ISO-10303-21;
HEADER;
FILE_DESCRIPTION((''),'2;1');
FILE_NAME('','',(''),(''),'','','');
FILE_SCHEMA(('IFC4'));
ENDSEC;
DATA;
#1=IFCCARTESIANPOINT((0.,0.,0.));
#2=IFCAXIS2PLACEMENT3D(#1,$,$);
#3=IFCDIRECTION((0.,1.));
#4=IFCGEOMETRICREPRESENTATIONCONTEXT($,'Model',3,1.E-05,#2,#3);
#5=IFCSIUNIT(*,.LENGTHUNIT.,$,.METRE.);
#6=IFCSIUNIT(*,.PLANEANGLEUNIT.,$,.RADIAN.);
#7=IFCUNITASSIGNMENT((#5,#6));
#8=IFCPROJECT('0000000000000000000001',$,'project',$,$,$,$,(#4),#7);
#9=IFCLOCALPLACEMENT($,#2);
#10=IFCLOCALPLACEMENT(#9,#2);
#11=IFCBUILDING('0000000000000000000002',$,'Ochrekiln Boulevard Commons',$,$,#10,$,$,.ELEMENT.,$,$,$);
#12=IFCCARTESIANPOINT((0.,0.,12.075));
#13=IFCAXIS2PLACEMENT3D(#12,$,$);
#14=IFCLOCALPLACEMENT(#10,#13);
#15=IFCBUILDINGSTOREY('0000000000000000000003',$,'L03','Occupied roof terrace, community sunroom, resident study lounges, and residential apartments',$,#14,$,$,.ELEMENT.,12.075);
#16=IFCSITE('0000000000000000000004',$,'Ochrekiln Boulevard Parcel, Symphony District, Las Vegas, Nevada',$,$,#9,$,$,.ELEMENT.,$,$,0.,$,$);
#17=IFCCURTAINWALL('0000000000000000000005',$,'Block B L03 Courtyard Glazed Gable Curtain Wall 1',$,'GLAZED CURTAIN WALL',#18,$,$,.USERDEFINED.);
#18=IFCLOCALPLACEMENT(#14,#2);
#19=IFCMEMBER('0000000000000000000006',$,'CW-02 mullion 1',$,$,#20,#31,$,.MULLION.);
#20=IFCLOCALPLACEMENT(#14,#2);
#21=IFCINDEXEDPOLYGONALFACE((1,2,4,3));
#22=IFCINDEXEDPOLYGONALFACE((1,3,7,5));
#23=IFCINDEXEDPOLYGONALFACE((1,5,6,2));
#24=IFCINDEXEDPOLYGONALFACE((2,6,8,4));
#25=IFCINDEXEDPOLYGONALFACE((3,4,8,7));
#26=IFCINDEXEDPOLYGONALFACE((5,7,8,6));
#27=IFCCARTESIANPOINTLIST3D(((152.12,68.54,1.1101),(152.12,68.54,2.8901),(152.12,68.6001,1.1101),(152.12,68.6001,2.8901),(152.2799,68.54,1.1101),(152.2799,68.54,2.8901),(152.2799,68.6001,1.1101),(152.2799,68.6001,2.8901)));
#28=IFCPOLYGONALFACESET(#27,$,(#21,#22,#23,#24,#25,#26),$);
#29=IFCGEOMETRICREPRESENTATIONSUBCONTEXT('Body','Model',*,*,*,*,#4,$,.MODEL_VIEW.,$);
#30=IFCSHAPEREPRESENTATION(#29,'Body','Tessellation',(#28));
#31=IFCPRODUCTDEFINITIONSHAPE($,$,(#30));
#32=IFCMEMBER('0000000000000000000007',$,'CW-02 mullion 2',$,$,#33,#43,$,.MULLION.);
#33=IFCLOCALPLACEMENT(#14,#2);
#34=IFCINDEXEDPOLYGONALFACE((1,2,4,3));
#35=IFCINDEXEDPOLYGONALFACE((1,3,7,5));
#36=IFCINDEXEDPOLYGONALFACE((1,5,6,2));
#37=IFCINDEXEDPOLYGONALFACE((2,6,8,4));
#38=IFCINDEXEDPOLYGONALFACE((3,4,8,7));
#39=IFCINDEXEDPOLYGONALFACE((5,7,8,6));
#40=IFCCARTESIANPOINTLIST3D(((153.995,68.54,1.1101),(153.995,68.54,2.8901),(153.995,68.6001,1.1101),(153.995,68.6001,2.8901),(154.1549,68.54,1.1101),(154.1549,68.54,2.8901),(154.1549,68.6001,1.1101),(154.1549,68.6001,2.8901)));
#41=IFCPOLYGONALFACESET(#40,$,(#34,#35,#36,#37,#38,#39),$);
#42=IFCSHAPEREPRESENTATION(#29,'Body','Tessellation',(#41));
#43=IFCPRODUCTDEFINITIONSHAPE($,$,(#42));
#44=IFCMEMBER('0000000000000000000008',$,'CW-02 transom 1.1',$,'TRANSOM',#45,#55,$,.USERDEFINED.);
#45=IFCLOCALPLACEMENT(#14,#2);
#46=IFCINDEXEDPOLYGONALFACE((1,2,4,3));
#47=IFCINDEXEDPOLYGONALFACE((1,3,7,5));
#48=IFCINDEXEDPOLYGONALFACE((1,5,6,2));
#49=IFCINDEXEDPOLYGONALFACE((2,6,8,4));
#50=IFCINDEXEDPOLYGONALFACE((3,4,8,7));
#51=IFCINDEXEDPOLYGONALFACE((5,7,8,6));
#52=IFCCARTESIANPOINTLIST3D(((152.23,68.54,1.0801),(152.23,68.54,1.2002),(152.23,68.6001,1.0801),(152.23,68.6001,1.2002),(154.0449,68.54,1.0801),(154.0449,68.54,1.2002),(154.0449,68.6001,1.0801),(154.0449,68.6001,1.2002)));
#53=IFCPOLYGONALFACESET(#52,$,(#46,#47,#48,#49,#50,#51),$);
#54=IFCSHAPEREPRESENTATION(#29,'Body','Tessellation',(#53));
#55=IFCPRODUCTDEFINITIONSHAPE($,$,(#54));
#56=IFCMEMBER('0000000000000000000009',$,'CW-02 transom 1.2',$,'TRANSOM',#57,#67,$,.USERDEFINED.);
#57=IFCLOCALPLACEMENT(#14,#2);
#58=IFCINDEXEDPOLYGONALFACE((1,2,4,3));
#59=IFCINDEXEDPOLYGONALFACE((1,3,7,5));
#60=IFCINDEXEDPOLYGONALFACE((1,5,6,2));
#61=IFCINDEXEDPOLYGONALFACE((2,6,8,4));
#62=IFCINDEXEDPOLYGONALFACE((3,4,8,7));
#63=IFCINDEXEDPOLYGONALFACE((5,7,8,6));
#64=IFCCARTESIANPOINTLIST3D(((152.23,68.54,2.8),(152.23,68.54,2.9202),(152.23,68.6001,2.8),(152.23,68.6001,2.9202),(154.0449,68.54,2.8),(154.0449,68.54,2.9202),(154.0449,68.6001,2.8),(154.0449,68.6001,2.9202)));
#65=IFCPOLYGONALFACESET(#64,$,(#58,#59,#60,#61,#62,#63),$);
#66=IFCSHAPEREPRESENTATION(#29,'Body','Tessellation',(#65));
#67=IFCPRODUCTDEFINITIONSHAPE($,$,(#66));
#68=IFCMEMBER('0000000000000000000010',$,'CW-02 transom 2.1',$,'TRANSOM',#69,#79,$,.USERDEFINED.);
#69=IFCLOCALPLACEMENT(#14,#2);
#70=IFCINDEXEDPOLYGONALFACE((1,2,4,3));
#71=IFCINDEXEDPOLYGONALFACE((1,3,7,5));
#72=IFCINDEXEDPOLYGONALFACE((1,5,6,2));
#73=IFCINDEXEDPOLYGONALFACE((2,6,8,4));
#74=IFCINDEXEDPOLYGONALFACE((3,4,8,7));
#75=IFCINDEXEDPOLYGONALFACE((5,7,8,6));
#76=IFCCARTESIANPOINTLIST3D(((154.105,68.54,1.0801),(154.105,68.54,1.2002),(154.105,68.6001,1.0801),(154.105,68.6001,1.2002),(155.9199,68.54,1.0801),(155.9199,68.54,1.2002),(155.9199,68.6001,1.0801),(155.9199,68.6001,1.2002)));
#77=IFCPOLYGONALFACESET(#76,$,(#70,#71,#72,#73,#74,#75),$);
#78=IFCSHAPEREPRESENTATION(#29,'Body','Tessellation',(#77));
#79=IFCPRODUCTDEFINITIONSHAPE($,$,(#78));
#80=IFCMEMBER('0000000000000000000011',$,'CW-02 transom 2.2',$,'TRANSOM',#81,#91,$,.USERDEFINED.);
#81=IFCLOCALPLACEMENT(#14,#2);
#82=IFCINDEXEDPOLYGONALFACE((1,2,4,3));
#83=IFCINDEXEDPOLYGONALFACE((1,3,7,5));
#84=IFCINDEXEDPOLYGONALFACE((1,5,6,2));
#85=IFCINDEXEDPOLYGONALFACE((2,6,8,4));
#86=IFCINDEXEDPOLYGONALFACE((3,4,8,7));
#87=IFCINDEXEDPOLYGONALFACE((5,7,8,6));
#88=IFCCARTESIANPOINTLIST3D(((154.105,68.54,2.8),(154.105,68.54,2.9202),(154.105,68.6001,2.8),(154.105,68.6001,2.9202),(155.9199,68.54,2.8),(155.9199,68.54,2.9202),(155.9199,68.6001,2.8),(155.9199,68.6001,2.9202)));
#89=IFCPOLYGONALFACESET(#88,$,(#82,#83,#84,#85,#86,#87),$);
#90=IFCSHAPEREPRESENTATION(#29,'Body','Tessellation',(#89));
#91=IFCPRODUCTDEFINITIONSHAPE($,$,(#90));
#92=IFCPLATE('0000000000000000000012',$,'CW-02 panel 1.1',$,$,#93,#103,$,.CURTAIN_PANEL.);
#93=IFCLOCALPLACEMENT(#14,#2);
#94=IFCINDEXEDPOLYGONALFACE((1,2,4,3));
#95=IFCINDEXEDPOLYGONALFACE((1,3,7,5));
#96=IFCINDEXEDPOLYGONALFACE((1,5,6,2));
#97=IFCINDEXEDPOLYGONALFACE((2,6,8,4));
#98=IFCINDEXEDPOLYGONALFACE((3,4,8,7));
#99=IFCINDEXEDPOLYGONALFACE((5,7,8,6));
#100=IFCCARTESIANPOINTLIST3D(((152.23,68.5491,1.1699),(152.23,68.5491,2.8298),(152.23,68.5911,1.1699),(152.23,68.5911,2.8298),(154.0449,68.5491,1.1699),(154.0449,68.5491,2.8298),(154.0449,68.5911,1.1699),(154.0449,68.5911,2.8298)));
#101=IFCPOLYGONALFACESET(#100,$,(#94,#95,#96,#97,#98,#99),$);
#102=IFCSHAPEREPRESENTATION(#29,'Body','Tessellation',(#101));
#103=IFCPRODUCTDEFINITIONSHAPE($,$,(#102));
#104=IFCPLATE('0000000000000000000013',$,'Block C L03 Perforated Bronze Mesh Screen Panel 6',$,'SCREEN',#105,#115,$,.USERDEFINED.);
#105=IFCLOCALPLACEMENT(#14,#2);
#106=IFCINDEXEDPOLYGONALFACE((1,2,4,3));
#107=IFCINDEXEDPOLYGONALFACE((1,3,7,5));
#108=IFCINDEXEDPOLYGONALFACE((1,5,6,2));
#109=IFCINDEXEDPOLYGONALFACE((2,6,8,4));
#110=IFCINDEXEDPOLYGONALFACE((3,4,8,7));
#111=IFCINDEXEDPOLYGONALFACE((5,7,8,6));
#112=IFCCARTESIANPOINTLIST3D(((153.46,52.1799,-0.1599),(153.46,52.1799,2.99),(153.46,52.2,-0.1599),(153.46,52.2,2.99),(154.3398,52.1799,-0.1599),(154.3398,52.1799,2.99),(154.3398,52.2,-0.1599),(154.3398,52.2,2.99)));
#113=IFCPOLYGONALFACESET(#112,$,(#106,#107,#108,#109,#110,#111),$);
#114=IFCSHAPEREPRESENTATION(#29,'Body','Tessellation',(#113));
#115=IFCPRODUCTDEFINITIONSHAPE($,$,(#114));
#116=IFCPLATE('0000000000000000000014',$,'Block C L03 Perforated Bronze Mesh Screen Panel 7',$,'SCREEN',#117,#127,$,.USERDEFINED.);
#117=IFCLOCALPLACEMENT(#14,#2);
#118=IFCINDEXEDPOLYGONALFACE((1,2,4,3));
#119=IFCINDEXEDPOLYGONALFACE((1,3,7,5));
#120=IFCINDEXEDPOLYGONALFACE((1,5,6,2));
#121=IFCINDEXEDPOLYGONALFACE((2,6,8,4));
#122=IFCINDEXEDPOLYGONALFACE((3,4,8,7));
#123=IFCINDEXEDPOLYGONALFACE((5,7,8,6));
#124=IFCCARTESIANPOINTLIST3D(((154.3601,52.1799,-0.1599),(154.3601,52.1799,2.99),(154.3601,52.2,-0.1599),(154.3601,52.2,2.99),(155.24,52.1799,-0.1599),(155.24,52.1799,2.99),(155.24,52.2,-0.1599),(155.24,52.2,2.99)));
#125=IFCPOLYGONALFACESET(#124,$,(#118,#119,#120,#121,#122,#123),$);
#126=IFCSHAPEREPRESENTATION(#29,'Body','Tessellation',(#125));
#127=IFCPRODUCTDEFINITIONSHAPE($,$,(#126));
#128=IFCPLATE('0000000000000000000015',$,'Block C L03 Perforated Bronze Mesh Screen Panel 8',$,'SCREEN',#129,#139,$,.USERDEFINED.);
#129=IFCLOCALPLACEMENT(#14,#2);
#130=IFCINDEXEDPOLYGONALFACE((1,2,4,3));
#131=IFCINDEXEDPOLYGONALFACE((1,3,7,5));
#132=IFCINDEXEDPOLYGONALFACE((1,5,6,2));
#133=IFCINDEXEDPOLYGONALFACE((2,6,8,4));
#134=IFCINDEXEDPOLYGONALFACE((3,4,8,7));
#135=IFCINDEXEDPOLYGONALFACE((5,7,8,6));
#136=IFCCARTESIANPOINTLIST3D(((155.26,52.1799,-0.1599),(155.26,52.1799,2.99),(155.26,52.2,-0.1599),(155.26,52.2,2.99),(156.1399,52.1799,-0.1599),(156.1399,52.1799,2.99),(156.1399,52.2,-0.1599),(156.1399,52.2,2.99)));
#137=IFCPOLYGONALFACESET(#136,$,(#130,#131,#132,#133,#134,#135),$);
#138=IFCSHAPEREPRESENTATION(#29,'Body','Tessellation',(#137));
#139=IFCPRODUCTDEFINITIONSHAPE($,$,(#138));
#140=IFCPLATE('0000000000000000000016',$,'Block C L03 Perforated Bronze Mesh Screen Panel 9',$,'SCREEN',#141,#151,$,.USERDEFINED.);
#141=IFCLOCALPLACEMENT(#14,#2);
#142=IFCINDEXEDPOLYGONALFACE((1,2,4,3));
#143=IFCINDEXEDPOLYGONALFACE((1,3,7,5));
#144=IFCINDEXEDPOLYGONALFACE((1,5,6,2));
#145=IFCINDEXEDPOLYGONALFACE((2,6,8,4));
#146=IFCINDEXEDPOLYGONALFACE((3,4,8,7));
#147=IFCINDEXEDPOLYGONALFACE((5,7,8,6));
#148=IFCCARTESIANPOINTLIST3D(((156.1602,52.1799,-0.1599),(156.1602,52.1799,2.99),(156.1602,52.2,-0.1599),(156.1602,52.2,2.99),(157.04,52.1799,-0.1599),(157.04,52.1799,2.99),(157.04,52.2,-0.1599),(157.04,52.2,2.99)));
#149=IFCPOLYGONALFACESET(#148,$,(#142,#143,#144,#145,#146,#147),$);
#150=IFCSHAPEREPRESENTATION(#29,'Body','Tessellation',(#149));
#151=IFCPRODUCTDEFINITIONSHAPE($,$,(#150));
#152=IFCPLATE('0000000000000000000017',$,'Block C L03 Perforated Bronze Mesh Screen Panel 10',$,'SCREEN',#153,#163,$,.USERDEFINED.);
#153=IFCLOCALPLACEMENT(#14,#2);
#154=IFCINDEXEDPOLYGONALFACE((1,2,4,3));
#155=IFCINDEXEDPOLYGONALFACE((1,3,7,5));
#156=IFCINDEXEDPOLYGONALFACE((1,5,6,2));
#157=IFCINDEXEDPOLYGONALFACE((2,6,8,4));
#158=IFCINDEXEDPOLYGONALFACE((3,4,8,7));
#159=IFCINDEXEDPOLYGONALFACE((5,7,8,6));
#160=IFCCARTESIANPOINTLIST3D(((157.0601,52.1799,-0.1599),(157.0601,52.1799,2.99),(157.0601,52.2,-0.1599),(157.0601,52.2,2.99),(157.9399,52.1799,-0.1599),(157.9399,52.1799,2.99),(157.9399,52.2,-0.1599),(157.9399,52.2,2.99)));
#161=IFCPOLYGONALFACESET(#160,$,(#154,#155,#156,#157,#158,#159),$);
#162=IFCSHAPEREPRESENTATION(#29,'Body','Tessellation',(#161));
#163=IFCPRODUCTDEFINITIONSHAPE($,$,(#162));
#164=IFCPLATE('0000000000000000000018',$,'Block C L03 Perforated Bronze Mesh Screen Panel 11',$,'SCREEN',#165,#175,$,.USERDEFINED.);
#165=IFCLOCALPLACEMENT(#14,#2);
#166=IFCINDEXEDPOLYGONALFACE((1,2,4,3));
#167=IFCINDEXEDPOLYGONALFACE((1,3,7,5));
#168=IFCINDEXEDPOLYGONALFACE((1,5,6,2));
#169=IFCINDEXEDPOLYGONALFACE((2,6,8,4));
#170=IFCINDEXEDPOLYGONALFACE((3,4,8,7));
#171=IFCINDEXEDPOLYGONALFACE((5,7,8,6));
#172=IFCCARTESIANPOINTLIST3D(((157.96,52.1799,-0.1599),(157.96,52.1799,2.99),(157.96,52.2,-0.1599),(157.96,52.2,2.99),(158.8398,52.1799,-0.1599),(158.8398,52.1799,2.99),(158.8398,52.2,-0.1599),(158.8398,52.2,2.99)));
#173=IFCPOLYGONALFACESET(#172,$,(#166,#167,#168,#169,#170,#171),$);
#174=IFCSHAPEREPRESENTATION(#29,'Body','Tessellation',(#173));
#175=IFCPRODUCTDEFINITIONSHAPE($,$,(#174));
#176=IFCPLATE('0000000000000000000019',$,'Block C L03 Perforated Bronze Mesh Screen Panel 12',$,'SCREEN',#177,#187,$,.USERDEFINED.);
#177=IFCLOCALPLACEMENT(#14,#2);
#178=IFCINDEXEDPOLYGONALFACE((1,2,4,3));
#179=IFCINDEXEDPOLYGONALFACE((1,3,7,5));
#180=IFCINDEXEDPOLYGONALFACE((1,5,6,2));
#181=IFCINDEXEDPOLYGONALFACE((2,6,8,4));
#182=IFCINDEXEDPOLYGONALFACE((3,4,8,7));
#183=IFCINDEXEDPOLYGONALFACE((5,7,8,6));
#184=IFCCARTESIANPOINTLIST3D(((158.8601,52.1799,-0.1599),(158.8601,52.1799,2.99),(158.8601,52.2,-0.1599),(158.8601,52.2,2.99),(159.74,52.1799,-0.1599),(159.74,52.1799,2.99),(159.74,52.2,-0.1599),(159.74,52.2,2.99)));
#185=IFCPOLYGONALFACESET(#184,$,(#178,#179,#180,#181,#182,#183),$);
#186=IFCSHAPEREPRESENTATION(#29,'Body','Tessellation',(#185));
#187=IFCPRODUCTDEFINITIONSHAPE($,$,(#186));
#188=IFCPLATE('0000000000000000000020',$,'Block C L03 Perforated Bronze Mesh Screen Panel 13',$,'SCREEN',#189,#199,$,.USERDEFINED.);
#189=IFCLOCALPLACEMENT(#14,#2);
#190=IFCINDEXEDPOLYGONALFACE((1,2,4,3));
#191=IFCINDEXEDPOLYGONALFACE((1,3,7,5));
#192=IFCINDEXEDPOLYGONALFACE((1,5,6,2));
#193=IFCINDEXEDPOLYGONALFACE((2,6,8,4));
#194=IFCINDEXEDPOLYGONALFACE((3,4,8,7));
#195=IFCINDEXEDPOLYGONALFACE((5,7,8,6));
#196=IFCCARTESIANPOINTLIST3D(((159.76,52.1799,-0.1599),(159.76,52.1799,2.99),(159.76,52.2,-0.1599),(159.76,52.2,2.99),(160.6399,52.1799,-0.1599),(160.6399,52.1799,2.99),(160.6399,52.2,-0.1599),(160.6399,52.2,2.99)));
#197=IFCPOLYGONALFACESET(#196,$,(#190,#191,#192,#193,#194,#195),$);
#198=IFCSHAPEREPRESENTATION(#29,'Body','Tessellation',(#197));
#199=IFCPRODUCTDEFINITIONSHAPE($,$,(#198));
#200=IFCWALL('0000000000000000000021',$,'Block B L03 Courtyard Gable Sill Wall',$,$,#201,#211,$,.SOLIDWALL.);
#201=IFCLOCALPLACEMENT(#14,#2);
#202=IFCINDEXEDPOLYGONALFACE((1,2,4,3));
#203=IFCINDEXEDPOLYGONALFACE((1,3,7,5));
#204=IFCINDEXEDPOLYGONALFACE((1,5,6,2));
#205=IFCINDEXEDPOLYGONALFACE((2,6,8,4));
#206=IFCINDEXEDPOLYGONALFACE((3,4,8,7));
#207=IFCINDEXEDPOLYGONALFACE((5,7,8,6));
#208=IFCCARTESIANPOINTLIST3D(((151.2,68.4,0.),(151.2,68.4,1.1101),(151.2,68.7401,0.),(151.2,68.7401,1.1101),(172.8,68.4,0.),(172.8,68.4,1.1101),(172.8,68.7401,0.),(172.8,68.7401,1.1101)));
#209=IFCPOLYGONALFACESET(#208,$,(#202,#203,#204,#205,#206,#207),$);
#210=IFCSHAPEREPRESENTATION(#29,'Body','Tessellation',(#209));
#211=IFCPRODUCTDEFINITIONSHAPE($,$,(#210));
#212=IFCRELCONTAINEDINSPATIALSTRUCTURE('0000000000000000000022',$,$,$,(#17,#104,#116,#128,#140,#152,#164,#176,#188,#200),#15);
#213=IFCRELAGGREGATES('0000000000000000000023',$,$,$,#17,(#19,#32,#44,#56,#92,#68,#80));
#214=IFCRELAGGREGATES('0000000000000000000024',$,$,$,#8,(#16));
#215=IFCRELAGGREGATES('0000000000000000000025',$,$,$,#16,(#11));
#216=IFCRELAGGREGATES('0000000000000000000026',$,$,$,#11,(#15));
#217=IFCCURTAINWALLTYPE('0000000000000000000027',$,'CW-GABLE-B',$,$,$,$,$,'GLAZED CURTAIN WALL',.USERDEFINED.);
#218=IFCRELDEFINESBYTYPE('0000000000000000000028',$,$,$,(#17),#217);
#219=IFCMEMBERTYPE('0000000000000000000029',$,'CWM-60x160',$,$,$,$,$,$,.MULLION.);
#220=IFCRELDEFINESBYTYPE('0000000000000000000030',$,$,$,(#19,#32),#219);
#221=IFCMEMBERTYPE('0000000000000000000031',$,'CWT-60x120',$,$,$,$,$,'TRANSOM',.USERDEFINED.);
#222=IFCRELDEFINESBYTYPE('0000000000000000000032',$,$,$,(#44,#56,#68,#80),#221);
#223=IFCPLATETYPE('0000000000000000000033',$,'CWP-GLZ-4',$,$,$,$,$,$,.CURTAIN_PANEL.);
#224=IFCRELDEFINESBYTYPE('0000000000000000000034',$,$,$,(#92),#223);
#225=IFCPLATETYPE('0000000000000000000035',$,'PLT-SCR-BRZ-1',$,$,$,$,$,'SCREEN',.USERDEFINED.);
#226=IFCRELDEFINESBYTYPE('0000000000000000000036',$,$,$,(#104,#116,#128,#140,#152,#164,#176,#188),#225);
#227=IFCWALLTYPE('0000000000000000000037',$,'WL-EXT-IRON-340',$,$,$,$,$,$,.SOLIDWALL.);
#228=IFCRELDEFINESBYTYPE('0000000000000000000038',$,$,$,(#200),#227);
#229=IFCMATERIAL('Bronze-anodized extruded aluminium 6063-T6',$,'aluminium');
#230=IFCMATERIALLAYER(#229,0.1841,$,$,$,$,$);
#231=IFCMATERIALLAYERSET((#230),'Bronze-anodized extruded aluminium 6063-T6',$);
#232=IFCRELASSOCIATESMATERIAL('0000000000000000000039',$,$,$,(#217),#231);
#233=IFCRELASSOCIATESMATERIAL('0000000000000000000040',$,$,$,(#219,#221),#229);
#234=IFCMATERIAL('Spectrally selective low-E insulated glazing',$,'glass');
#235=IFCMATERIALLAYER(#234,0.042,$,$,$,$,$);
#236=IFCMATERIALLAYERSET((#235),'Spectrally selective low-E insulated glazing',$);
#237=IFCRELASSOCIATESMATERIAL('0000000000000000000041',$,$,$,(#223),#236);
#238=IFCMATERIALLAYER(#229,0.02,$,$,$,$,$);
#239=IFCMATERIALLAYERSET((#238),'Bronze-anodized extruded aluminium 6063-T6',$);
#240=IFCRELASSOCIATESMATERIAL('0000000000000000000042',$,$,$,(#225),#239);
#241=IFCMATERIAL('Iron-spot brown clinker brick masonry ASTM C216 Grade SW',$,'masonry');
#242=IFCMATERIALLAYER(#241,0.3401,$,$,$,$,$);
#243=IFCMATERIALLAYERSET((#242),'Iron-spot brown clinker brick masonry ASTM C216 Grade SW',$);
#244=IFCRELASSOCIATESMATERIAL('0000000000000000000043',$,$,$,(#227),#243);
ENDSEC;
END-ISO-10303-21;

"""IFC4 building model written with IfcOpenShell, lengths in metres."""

from ifc_helpers import new_model, si_unit, direction, frame, frame_2d, origin, origin_2d, place, context, subcontext, project, spatial, rectangle, extrude, material, layer, layer_set, material_profile, profile_set, type_object, element, aggregate, save


model = new_model("IFC4")

# Units and contexts
model_context = context("Model", 3, precision=1e-05, world=origin(), true_north=direction((0.0, 1.0)))
body_context = subcontext(model_context, "Body", "Model", "MODEL_VIEW")
ifc_project = project(units=[si_unit("LENGTHUNIT", "METRE"), si_unit("PLANEANGLEUNIT", "RADIAN")], contexts=[model_context])

# Site, building, storey
site_placement = place(None, origin())
site = spatial("IfcSite", under=ifc_project, at=site_placement, Name="Ochrekiln Boulevard Parcel, Symphony District, Las Vegas, Nevada", CompositionType="ELEMENT", RefElevation=0.0)
building_placement = place(site_placement, origin())
building = spatial("IfcBuilding", under=site, at=building_placement, Name="Ochrekiln Boulevard Commons", CompositionType="ELEMENT")
storey_placement = place(building_placement, frame((0.0, 0.0, 12.075)))
storey = spatial("IfcBuildingStorey", under=building, at=storey_placement, Name="L03", Description="Occupied roof terrace, community sunroom, resident study lounges, and residential apartments", CompositionType="ELEMENT", Elevation=12.075)

# Curtain wall, members, plate
ifc_material_1 = material(Name="Bronze-anodized extruded aluminium 6063-T6", Category="aluminium")
ifc_layer_1 = layer(ifc_material_1, 0.1841)
ifc_layer_set_1 = layer_set([ifc_layer_1], Name="Bronze-anodized extruded aluminium 6063-T6")
curtain_wall_type = type_object("IfcCurtainWallType", Name="CW-GABLE-B", ElementType="GLAZED CURTAIN WALL", PredefinedType="USERDEFINED", material=ifc_layer_set_1)
curtain_wall_placement = place(storey_placement, origin())
curtain_wall = element("IfcCurtainWall", 1, at=curtain_wall_placement, inside=storey, type_object=curtain_wall_type, Name="Block B L03 Courtyard Glazed Gable Curtain Wall 1", ObjectType="GLAZED CURTAIN WALL", PredefinedType="USERDEFINED")
ifc_material_profile_1 = material_profile(ifc_material_1, rectangle(XDim=0.0601, YDim=0.1599, at=origin_2d()), Name="ALU-MUL-60x160")
ifc_profile_set_1 = profile_set([ifc_material_profile_1], Name="Bronze-anodized extruded aluminium 6063-T6")
member_type_1 = type_object("IfcMemberType", Name="CWM-60x160", PredefinedType="MULLION", material=ifc_profile_set_1)
member_1_placement = place(storey_placement, frame((152.2, 68.5701, 1.1101), z_axis=(0.0, 0.0, 1.0), x_axis=(0.0, 1.0, 0.0)))
member_1 = element("IfcMember", 2, at=member_1_placement, type_object=member_type_1, Name="CW-02 mullion 1", PredefinedType="MULLION", context=body_context, shape_type="SweptSolid", body=[
    extrude(rectangle(XDim=0.0601, YDim=0.1599, at=origin_2d()), origin(), (0.0, 0.0, 1.0), 1.78),
])
member_2_placement = place(storey_placement, frame((154.075, 68.5701, 1.1101), z_axis=(0.0, 0.0, 1.0), x_axis=(0.0, 1.0, 0.0)))
member_2 = element("IfcMember", 3, at=member_2_placement, type_object=member_type_1, Name="CW-02 mullion 2", PredefinedType="MULLION", context=body_context, shape_type="SweptSolid", body=[
    extrude(rectangle(XDim=0.0601, YDim=0.1599, at=origin_2d()), origin(), (0.0, 0.0, 1.0), 1.78),
])
ifc_material_profile_2 = material_profile(ifc_material_1, rectangle(XDim=0.0601, YDim=0.1201, at=origin_2d()), Name="ALU-TRN-60x120")
ifc_profile_set_2 = profile_set([ifc_material_profile_2], Name="Bronze-anodized extruded aluminium 6063-T6")
member_type_2 = type_object("IfcMemberType", Name="CWT-60x120", ElementType="TRANSOM", PredefinedType="USERDEFINED", material=ifc_profile_set_2)
member_3_placement = place(storey_placement, frame((152.23, 68.5701, 1.1401), z_axis=(1.0, 0.0, 0.0), x_axis=(0.0, 1.0, 0.0)))
member_3 = element("IfcMember", 4, at=member_3_placement, type_object=member_type_2, Name="CW-02 transom 1.1", ObjectType="TRANSOM", PredefinedType="USERDEFINED", context=body_context, shape_type="SweptSolid", body=[
    extrude(rectangle(XDim=0.0601, YDim=0.1201, at=origin_2d()), origin(), (0.0, 0.0, 1.0), 1.8149),
])
member_4_placement = place(storey_placement, frame((152.23, 68.5701, 2.8601), z_axis=(1.0, 0.0, 0.0), x_axis=(0.0, 1.0, 0.0)))
member_4 = element("IfcMember", 5, at=member_4_placement, type_object=member_type_2, Name="CW-02 transom 1.2", ObjectType="TRANSOM", PredefinedType="USERDEFINED", context=body_context, shape_type="SweptSolid", body=[
    extrude(rectangle(XDim=0.0601, YDim=0.1201, at=origin_2d()), origin(), (0.0, 0.0, 1.0), 1.8149),
])
member_5_placement = place(storey_placement, frame((154.105, 68.5701, 1.1401), z_axis=(1.0, 0.0, 0.0), x_axis=(0.0, 1.0, 0.0)))
member_5 = element("IfcMember", 6, at=member_5_placement, type_object=member_type_2, Name="CW-02 transom 2.1", ObjectType="TRANSOM", PredefinedType="USERDEFINED", context=body_context, shape_type="SweptSolid", body=[
    extrude(rectangle(XDim=0.0601, YDim=0.1201, at=origin_2d()), origin(), (0.0, 0.0, 1.0), 1.8149),
])
member_6_placement = place(storey_placement, frame((154.105, 68.5701, 2.8601), z_axis=(1.0, 0.0, 0.0), x_axis=(0.0, 1.0, 0.0)))
member_6 = element("IfcMember", 7, at=member_6_placement, type_object=member_type_2, Name="CW-02 transom 2.2", ObjectType="TRANSOM", PredefinedType="USERDEFINED", context=body_context, shape_type="SweptSolid", body=[
    extrude(rectangle(XDim=0.0601, YDim=0.1201, at=origin_2d()), origin(), (0.0, 0.0, 1.0), 1.8149),
])
ifc_material_2 = material(Name="Spectrally selective low-E insulated glazing", Category="glass")
ifc_layer_2 = layer(ifc_material_2, 0.042)
ifc_layer_set_2 = layer_set([ifc_layer_2], Name="Spectrally selective low-E insulated glazing")
plate_type_1 = type_object("IfcPlateType", Name="CWP-GLZ-4", PredefinedType="CURTAIN_PANEL", material=ifc_layer_set_2)
plate_placement = place(storey_placement, frame((153.1375, 68.5701, 1.1699), z_axis=(0.0, 0.0, 1.0), x_axis=(1.0, 0.0, 0.0)))
plate = element("IfcPlate", 8, at=plate_placement, type_object=plate_type_1, Name="CW-02 panel 1.1", PredefinedType="CURTAIN_PANEL", context=body_context, shape_type="SweptSolid", body=[
    extrude(rectangle(XDim=1.8149, YDim=0.042, at=origin_2d()), origin(), (0.0, 0.0, 1.0), 1.6599),
])
aggregate(curtain_wall, [member_1, member_2, member_3, member_4, plate, member_5, member_6])

# Plates
ifc_layer_3 = layer(ifc_material_1, 0.02)
ifc_layer_set_3 = layer_set([ifc_layer_3], Name="Bronze-anodized extruded aluminium 6063-T6")
plate_type_2 = type_object("IfcPlateType", Name="PLT-SCR-BRZ-1", ElementType="SCREEN", PredefinedType="USERDEFINED", material=ifc_layer_set_3)
for number, where, z_axis, x_axis, name in (
    (9, (153.8999, 52.1899, -0.1599), (0.0, 0.0, 1.0), (1.0, 0.0, 0.0), "Block C L03 Perforated Bronze Mesh Screen Panel 6"),
    (10, (154.8, 52.1899, -0.1599), (0.0, 0.0, 1.0), (1.0, 0.0, 0.0), "Block C L03 Perforated Bronze Mesh Screen Panel 7"),
    (11, (155.7, 52.1899, -0.1599), (0.0, 0.0, 1.0), (1.0, 0.0, 0.0), "Block C L03 Perforated Bronze Mesh Screen Panel 8"),
    (12, (156.6001, 52.1899, -0.1599), (0.0, 0.0, 1.0), (1.0, 0.0, 0.0), "Block C L03 Perforated Bronze Mesh Screen Panel 9"),
    (13, (157.5, 52.1899, -0.1599), (0.0, 0.0, 1.0), (1.0, 0.0, 0.0), "Block C L03 Perforated Bronze Mesh Screen Panel 10"),
    (14, (158.3999, 52.1899, -0.1599), (0.0, 0.0, 1.0), (1.0, 0.0, 0.0), "Block C L03 Perforated Bronze Mesh Screen Panel 11"),
    (15, (159.3, 52.1899, -0.1599), (0.0, 0.0, 1.0), (1.0, 0.0, 0.0), "Block C L03 Perforated Bronze Mesh Screen Panel 12"),
    (16, (160.2, 52.1899, -0.1599), (0.0, 0.0, 1.0), (1.0, 0.0, 0.0), "Block C L03 Perforated Bronze Mesh Screen Panel 13"),
):
    element("IfcPlate", number, at=place(storey_placement, frame(where, z_axis=z_axis, x_axis=x_axis)), inside=storey, type_object=plate_type_2, Name=name, ObjectType="SCREEN", PredefinedType="USERDEFINED", context=body_context, shape_type="SweptSolid", body=[
        extrude(rectangle(XDim=0.8799, YDim=0.02, at=origin_2d()), origin(), (0.0, 0.0, 1.0), 3.1499),
    ])

# Wall
ifc_material_3 = material(Name="Iron-spot brown clinker brick masonry ASTM C216 Grade SW", Category="masonry")
ifc_layer_4 = layer(ifc_material_3, 0.3401)
ifc_layer_set_4 = layer_set([ifc_layer_4], Name="Iron-spot brown clinker brick masonry ASTM C216 Grade SW")
wall_type = type_object("IfcWallType", Name="WL-EXT-IRON-340", PredefinedType="SOLIDWALL", material=ifc_layer_set_4)
wall_placement = place(storey_placement, frame((151.2, 68.5701, 0.0), z_axis=(0.0, 0.0, 1.0), x_axis=(1.0, 0.0, 0.0)))
element("IfcWall", 17, at=wall_placement, inside=storey, type_object=wall_type, Name="Block B L03 Courtyard Gable Sill Wall", PredefinedType="SOLIDWALL", context=body_context, shape_type="SweptSolid", body=[
    extrude(rectangle(XDim=21.6001, YDim=0.3401, at=frame_2d((10.8, 0.0))), origin(), (0.0, 0.0, 1.0), 1.1101),
])

save(model, "model.ifc")
